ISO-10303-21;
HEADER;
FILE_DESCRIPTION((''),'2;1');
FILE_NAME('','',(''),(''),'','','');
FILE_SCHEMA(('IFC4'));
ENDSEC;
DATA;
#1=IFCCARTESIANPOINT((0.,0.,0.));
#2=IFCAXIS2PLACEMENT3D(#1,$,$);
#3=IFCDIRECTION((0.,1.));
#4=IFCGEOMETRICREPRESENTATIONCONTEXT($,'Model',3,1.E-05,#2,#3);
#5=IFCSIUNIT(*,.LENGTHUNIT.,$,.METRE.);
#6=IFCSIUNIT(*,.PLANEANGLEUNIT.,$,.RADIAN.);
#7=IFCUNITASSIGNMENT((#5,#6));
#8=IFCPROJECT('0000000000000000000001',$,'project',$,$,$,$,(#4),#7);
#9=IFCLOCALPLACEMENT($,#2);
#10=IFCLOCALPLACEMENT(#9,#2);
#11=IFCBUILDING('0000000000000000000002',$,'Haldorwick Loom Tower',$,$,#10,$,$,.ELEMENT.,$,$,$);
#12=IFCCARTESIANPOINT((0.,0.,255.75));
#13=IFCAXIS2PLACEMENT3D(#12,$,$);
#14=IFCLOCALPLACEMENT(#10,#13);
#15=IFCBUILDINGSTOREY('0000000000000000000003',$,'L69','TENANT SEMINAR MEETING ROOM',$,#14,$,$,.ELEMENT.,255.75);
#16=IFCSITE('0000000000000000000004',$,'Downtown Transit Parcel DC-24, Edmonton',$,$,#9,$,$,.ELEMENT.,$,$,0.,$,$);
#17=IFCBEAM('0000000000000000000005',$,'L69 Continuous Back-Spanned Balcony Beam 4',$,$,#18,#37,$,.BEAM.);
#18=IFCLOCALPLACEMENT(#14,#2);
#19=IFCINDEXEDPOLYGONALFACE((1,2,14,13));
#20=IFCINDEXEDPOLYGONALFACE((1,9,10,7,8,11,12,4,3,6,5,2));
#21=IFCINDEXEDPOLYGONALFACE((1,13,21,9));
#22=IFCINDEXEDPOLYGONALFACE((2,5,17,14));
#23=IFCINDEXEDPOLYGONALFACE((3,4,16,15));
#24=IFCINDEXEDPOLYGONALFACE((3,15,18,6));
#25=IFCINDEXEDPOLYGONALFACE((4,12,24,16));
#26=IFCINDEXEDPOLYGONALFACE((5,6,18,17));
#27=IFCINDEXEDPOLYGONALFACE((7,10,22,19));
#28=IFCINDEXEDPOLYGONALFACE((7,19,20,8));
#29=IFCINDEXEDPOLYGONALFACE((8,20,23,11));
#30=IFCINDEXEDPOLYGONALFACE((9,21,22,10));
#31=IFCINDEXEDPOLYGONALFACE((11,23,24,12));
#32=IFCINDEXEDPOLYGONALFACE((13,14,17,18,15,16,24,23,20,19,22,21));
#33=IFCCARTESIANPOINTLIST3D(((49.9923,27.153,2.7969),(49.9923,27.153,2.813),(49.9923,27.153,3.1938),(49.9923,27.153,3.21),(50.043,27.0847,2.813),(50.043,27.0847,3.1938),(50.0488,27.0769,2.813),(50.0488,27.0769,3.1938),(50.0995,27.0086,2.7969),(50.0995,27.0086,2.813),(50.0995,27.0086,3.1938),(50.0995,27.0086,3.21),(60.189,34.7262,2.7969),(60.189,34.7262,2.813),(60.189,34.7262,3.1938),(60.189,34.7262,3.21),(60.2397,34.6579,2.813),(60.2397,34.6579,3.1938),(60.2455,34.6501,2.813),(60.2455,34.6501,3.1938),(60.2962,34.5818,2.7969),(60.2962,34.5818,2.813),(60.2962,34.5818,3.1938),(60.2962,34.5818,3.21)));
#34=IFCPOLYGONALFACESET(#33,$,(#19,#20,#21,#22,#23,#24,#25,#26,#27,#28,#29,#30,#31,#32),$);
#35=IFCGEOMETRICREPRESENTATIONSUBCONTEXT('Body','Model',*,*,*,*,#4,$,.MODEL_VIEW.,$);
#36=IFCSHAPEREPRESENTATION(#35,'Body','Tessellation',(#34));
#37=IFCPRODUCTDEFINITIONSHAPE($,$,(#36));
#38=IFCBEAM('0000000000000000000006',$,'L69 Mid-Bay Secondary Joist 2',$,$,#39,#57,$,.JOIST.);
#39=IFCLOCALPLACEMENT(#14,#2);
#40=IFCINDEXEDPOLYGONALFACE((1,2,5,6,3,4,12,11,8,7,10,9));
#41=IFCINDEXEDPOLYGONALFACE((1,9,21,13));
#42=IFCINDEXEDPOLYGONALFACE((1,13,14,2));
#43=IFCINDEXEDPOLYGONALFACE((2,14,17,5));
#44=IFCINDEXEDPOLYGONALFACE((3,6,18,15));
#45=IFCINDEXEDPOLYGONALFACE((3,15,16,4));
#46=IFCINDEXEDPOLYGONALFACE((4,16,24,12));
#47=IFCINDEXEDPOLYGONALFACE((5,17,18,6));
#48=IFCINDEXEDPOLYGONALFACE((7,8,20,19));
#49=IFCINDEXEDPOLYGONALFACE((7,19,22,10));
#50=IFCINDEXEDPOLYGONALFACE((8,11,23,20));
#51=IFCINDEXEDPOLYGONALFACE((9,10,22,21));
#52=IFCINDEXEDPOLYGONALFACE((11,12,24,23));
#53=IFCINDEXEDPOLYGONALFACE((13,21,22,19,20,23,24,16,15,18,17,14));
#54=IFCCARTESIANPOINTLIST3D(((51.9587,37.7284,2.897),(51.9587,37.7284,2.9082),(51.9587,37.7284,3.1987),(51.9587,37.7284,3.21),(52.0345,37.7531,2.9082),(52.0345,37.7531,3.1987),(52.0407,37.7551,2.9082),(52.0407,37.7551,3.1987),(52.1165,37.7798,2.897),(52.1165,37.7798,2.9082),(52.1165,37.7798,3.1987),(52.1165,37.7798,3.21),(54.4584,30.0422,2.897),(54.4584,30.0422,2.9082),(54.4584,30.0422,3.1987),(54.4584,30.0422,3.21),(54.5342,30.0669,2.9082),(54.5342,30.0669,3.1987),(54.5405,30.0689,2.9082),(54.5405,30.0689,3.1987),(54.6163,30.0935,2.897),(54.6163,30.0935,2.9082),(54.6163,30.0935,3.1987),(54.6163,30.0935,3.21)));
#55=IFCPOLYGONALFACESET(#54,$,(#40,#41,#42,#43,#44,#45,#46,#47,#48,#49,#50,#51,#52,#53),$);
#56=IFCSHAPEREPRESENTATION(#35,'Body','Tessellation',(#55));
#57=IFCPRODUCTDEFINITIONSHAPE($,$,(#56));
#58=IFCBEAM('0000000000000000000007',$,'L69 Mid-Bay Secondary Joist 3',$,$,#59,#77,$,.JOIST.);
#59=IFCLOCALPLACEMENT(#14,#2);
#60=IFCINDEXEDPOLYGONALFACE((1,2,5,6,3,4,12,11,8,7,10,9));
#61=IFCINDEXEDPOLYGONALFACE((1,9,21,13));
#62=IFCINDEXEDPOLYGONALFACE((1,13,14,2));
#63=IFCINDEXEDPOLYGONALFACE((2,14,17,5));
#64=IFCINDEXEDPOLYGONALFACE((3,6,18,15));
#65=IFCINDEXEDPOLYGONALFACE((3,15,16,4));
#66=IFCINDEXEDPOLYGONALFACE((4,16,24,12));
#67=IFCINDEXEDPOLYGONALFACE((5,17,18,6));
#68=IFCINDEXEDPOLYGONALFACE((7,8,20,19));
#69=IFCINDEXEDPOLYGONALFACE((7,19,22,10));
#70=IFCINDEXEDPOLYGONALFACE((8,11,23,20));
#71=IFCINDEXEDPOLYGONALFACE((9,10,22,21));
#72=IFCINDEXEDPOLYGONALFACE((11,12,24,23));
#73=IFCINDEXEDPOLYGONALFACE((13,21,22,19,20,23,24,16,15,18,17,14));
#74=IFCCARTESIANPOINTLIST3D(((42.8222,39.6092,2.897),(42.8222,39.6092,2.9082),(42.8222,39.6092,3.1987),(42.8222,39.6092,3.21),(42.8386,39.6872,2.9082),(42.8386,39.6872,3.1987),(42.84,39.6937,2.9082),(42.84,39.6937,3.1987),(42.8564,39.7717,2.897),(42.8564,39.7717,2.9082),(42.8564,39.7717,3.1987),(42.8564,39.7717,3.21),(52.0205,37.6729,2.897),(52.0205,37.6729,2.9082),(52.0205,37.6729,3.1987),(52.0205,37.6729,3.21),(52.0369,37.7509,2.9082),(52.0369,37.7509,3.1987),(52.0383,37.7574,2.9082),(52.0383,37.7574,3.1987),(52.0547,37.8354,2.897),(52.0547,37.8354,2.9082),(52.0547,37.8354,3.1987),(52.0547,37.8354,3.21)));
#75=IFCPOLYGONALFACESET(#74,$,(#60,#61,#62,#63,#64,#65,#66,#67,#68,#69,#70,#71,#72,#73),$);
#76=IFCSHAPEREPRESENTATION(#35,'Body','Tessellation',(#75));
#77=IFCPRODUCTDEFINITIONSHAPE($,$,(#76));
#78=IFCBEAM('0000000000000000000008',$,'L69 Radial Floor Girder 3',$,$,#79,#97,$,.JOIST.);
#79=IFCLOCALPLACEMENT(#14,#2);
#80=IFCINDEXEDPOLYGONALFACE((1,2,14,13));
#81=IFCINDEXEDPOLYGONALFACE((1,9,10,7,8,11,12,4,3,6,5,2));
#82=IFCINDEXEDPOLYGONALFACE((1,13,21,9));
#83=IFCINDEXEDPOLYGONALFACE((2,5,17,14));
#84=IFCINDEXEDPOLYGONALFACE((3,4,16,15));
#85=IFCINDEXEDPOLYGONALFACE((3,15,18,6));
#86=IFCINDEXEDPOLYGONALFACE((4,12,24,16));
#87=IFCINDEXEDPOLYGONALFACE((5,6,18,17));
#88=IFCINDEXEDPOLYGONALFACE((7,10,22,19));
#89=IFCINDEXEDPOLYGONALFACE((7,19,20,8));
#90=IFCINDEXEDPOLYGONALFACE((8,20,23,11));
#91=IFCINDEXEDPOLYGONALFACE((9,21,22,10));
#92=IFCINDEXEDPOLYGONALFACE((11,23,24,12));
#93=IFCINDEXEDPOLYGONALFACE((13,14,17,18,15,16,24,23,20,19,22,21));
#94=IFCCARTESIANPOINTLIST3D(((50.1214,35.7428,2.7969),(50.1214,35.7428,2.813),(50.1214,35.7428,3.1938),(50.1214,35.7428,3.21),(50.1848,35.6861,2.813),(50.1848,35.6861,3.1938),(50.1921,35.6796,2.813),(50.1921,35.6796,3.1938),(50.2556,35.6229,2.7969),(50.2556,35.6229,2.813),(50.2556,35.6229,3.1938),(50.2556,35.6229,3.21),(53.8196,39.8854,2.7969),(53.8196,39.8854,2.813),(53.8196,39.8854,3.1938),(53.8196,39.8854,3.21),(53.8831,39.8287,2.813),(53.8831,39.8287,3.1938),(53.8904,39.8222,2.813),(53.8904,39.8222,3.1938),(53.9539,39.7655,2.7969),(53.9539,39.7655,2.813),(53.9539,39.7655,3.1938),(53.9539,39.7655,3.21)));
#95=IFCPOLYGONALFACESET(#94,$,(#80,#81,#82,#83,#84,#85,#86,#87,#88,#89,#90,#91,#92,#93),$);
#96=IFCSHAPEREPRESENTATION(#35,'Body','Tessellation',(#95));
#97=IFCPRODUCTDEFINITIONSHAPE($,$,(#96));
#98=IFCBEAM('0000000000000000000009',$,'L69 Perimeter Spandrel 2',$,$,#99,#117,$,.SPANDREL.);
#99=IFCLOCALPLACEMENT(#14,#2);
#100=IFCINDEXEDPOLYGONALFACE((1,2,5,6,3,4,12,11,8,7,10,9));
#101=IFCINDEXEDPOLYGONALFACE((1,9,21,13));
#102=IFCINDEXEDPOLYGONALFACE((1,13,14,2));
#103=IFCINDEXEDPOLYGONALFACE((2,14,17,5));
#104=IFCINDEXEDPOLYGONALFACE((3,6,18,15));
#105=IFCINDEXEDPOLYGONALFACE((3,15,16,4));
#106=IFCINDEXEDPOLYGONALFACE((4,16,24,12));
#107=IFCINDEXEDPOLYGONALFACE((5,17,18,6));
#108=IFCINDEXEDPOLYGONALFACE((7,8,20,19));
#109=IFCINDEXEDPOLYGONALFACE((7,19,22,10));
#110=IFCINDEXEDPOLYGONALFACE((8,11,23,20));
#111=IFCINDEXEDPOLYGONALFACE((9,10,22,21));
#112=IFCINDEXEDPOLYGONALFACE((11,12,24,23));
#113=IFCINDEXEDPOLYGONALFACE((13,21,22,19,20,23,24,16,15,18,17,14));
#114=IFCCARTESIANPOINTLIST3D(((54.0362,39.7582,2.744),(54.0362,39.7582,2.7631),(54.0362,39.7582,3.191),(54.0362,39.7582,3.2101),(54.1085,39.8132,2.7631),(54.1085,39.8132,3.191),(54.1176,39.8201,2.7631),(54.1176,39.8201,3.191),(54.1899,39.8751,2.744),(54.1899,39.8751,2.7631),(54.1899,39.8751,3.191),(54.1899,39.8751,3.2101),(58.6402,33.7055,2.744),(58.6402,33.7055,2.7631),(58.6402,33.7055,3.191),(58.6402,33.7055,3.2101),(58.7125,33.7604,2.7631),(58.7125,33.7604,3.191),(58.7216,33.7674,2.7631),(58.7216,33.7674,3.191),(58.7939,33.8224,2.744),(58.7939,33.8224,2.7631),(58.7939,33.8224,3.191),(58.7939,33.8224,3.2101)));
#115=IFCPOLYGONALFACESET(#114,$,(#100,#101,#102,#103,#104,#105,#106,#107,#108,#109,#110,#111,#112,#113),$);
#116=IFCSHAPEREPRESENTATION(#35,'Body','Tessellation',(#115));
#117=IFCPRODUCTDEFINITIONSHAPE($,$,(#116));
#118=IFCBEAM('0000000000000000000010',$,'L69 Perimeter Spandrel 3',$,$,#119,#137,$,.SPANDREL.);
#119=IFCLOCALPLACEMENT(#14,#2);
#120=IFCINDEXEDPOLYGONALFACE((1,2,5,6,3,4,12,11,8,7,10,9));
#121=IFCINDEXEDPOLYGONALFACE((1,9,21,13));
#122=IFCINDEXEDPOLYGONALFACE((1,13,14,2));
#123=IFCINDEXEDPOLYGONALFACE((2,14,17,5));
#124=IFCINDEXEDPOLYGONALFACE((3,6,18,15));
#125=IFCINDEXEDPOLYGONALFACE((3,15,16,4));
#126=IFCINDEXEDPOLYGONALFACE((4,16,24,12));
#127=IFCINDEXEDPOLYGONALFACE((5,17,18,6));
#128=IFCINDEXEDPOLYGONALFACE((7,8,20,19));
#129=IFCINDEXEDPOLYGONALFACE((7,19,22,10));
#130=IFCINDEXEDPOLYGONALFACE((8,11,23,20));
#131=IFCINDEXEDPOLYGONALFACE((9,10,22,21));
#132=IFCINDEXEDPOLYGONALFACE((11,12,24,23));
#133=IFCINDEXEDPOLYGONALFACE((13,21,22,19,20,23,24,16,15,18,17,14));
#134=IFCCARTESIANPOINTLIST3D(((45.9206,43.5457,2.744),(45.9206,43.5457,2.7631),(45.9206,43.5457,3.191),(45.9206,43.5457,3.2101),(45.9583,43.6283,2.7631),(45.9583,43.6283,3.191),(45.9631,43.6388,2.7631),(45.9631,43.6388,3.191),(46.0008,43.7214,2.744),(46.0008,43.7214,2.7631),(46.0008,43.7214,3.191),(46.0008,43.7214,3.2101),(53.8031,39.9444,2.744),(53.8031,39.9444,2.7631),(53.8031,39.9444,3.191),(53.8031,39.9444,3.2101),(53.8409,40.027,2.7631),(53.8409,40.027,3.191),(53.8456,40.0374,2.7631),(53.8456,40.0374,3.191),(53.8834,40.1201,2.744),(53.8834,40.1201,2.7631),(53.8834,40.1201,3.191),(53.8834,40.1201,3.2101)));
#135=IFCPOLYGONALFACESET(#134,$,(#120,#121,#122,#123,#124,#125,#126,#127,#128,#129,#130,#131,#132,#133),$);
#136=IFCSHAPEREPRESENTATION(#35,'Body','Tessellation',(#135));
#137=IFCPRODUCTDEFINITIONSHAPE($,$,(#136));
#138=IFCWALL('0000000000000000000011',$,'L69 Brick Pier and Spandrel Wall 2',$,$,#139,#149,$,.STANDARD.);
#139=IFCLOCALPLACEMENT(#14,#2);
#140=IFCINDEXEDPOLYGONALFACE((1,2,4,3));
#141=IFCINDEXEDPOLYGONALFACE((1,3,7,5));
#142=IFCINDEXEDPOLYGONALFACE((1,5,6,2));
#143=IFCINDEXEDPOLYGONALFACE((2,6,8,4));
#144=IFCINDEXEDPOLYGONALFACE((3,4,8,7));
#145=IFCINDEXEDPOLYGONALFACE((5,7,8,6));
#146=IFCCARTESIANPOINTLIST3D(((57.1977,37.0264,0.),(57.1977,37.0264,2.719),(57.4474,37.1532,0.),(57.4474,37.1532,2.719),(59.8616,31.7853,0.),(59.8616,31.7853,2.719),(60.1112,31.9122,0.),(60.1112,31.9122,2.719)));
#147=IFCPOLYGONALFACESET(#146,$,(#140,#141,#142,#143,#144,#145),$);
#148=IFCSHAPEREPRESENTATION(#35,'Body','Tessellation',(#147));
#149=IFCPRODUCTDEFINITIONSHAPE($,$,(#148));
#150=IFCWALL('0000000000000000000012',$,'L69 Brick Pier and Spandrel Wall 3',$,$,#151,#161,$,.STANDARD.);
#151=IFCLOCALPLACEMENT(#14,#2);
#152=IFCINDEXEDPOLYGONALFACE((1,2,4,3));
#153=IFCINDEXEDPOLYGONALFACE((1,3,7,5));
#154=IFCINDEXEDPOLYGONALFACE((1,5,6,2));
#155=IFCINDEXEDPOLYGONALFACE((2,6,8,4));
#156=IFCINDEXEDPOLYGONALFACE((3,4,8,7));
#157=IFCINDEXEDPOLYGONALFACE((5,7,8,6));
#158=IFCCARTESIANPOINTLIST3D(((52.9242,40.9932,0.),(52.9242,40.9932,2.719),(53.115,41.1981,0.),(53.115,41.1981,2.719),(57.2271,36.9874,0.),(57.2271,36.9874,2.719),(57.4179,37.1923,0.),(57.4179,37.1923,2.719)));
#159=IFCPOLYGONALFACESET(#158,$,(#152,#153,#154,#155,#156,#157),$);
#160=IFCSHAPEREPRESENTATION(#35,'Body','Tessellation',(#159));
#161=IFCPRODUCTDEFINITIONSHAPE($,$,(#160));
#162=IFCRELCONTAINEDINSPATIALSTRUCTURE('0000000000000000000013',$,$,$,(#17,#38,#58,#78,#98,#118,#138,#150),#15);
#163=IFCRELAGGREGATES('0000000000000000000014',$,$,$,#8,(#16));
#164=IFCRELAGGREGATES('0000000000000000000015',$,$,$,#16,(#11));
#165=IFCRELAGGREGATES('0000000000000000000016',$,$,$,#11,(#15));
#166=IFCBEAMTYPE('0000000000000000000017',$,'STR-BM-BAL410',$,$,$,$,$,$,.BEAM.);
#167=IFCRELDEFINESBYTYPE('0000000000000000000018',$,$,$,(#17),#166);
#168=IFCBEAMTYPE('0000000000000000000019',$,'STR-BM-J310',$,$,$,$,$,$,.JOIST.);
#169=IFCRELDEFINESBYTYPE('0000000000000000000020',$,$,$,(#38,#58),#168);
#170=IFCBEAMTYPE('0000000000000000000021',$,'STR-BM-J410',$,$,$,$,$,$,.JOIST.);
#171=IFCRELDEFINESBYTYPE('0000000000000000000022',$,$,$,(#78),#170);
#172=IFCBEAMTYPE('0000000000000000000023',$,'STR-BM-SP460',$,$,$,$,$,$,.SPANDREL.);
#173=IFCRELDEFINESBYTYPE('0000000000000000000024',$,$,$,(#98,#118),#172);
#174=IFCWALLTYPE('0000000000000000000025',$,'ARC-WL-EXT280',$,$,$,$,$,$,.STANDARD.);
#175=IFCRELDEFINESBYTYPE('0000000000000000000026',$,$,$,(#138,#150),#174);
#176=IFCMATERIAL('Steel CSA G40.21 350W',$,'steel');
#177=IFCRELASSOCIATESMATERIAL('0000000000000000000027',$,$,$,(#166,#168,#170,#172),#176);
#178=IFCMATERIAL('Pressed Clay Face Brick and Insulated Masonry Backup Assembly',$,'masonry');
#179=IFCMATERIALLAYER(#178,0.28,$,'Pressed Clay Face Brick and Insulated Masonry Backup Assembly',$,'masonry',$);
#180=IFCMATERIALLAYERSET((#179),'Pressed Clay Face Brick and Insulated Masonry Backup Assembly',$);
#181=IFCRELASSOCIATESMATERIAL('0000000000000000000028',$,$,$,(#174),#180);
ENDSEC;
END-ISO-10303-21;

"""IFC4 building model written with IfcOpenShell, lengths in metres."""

from ifc_helpers import new_model, si_unit, direction, frame, frame_2d, origin, origin_2d, place, context, subcontext, project, spatial, rectangle, i_section, extrude, material, layer, layer_set, material_profile, profile_set, type_object, element, save


model = new_model("IFC4")

# Units and contexts
model_context = context("Model", 3, precision=1e-05, world=origin(), true_north=direction((0.0, 1.0)))
body_context = subcontext(model_context, "Body", "Model", "MODEL_VIEW")
ifc_project = project(units=[si_unit("LENGTHUNIT", "METRE"), si_unit("PLANEANGLEUNIT", "RADIAN")], contexts=[model_context])

# Site, building, storey
site_placement = place(None, origin())
site = spatial("IfcSite", under=ifc_project, at=site_placement, Name="Downtown Transit Parcel DC-24, Edmonton", CompositionType="ELEMENT", RefElevation=0.0)
building_placement = place(site_placement, origin())
building = spatial("IfcBuilding", under=site, at=building_placement, Name="Haldorwick Loom Tower", CompositionType="ELEMENT")
storey_placement = place(building_placement, frame((0.0, 0.0, 255.75)))
storey = spatial("IfcBuildingStorey", under=building, at=storey_placement, Name="L69", Description="TENANT SEMINAR MEETING ROOM", CompositionType="ELEMENT", Elevation=255.75)

# Shared definitions
ifc_material_1 = material(Name="Steel CSA G40.21 350W", Category="steel")

# Beams
ifc_material_profile_1 = material_profile(ifc_material_1, i_section(OverallWidth=0.1799, OverallDepth=0.4131, WebThickness=0.0098, FlangeThickness=0.0161, at=origin_2d()), Name="W410X74", Category="steel")
ifc_profile_set_1 = profile_set([ifc_material_profile_1], Name="Steel CSA G40.21 350W")
beam_type_1 = type_object("IfcBeamType", Name="STR-BM-BAL410", PredefinedType="BEAM", material=ifc_profile_set_1)
beam_1_placement = place(storey_placement, frame((50.0459, 27.0808, 3.0034), z_axis=(0.802801, 0.596248, 0.0), x_axis=(-0.596248, 0.802801, 0.0)))
element("IfcBeam", 1, at=beam_1_placement, inside=storey, type_object=beam_type_1, Name="L69 Continuous Back-Spanned Balcony Beam 4", PredefinedType="BEAM", context=body_context, shape_type="SweptSolid", body=[
    extrude(i_section(OverallWidth=0.1799, OverallDepth=0.4131, WebThickness=0.0098, FlangeThickness=0.0161, at=origin_2d()), origin(), (0.0, 0.0, 1.0), 12.7014),
])
ifc_material_profile_2 = material_profile(ifc_material_1, i_section(OverallWidth=0.166, OverallDepth=0.313, WebThickness=0.0066, FlangeThickness=0.0112, at=origin_2d()), Name="W310X45", Category="steel")
ifc_profile_set_2 = profile_set([ifc_material_profile_2], Name="Steel CSA G40.21 350W")
beam_type_2 = type_object("IfcBeamType", Name="STR-BM-J310", PredefinedType="JOIST", material=ifc_profile_set_2)
beam_2_placement = place(storey_placement, frame((54.5374, 30.0679, 3.0535), z_axis=(-0.309278, 0.950972, 0.0), x_axis=(-0.950972, -0.309278, 0.0)))
element("IfcBeam", 2, at=beam_2_placement, inside=storey, type_object=beam_type_2, Name="L69 Mid-Bay Secondary Joist 2", PredefinedType="JOIST", context=body_context, shape_type="SweptSolid", body=[
    extrude(i_section(OverallWidth=0.166, OverallDepth=0.313, WebThickness=0.0066, FlangeThickness=0.0112, at=origin_2d()), origin(), (0.0, 0.0, 1.0), 8.0825),
])
beam_3_placement = place(storey_placement, frame((52.0376, 37.7542, 3.0535), z_axis=(-0.978554, 0.205991, 0.0), x_axis=(-0.205991, -0.978554, 0.0)))
element("IfcBeam", 3, at=beam_3_placement, inside=storey, type_object=beam_type_2, Name="L69 Mid-Bay Secondary Joist 3", PredefinedType="JOIST", context=body_context, shape_type="SweptSolid", body=[
    extrude(i_section(OverallWidth=0.166, OverallDepth=0.313, WebThickness=0.0066, FlangeThickness=0.0112, at=origin_2d()), origin(), (0.0, 0.0, 1.0), 9.3999),
])
ifc_material_profile_3 = material_profile(ifc_material_1, i_section(OverallWidth=0.1799, OverallDepth=0.4131, WebThickness=0.0098, FlangeThickness=0.0161, at=origin_2d()), Name="W410X74", Category="steel")
ifc_profile_set_3 = profile_set([ifc_material_profile_3], Name="Steel CSA G40.21 350W")
beam_type_3 = type_object("IfcBeamType", Name="STR-BM-J410", PredefinedType="JOIST", material=ifc_profile_set_3)
beam_4_placement = place(storey_placement, frame((50.1885, 35.6829, 3.0034), z_axis=(0.665967, 0.745981, 0.0), x_axis=(-0.745981, 0.665967, 0.0)))
element("IfcBeam", 4, at=beam_4_placement, inside=storey, type_object=beam_type_3, Name="L69 Radial Floor Girder 3", PredefinedType="JOIST", context=body_context, shape_type="SweptSolid", body=[
    extrude(i_section(OverallWidth=0.1799, OverallDepth=0.4131, WebThickness=0.0098, FlangeThickness=0.0161, at=origin_2d()), origin(), (0.0, 0.0, 1.0), 5.5532),
])
ifc_material_profile_4 = material_profile(ifc_material_1, i_section(OverallWidth=0.1931, OverallDepth=0.4661, WebThickness=0.0115, FlangeThickness=0.019, at=origin_2d()), Name="W460X97", Category="steel")
ifc_profile_set_4 = profile_set([ifc_material_profile_4], Name="Steel CSA G40.21 350W")
beam_type_4 = type_object("IfcBeamType", Name="STR-BM-SP460", PredefinedType="SPANDREL", material=ifc_profile_set_4)
beam_5_placement = place(storey_placement, frame((58.717, 33.7639, 2.9771), z_axis=(-0.60541, 0.795913, 0.0), x_axis=(-0.795913, -0.60541, 0.0)))
element("IfcBeam", 5, at=beam_5_placement, inside=storey, type_object=beam_type_4, Name="L69 Perimeter Spandrel 2", PredefinedType="SPANDREL", context=body_context, shape_type="SweptSolid", body=[
    extrude(i_section(OverallWidth=0.1931, OverallDepth=0.4661, WebThickness=0.0115, FlangeThickness=0.019, at=origin_2d()), origin(), (0.0, 0.0, 1.0), 7.6047),
])
beam_6_placement = place(storey_placement, frame((53.8433, 40.0322, 2.9771), z_axis=(-0.909568, 0.415555, 0.0), x_axis=(-0.415555, -0.909568, 0.0)))
element("IfcBeam", 6, at=beam_6_placement, inside=storey, type_object=beam_type_4, Name="L69 Perimeter Spandrel 3", PredefinedType="SPANDREL", context=body_context, shape_type="SweptSolid", body=[
    extrude(i_section(OverallWidth=0.1931, OverallDepth=0.4661, WebThickness=0.0115, FlangeThickness=0.019, at=origin_2d()), origin(), (0.0, 0.0, 1.0), 8.6663),
])

# Walls
ifc_material_2 = material(Name="Pressed Clay Face Brick and Insulated Masonry Backup Assembly", Category="masonry")
ifc_layer_1 = layer(ifc_material_2, 0.28, Name="Pressed Clay Face Brick and Insulated Masonry Backup Assembly", Category="masonry")
ifc_layer_set_1 = layer_set([ifc_layer_1], Name="Pressed Clay Face Brick and Insulated Masonry Backup Assembly")
wall_type_1 = type_object("IfcWallType", Name="ARC-WL-EXT280", PredefinedType="STANDARD", material=ifc_layer_set_1)
wall_1_placement = place(storey_placement, frame((59.9863, 31.8489, 0.0), z_axis=(0.0, 0.0, 1.0), x_axis=(-0.453101, 0.891459, 0.0)))
element("IfcWall", 7, at=wall_1_placement, inside=storey, type_object=wall_type_1, Name="L69 Brick Pier and Spandrel Wall 2", PredefinedType="STANDARD", context=body_context, shape_type="SweptSolid", body=[
    extrude(rectangle(XDim=5.8792, YDim=0.28, at=frame_2d((2.9395, 0.0))), origin(), (0.0, 0.0, 1.0), 2.719),
])
wall_2_placement = place(storey_placement, frame((57.3225, 37.0898, 0.0), z_axis=(0.0, 0.0, 1.0), x_axis=(-0.731925, 0.681386, 0.0)))
element("IfcWall", 8, at=wall_2_placement, inside=storey, type_object=wall_type_1, Name="L69 Brick Pier and Spandrel Wall 3", PredefinedType="STANDARD", context=body_context, shape_type="SweptSolid", body=[
    extrude(rectangle(XDim=5.8789, YDim=0.28, at=frame_2d((2.9395, 0.0))), origin(), (0.0, 0.0, 1.0), 2.719),
])

save(model, "model.ifc")
